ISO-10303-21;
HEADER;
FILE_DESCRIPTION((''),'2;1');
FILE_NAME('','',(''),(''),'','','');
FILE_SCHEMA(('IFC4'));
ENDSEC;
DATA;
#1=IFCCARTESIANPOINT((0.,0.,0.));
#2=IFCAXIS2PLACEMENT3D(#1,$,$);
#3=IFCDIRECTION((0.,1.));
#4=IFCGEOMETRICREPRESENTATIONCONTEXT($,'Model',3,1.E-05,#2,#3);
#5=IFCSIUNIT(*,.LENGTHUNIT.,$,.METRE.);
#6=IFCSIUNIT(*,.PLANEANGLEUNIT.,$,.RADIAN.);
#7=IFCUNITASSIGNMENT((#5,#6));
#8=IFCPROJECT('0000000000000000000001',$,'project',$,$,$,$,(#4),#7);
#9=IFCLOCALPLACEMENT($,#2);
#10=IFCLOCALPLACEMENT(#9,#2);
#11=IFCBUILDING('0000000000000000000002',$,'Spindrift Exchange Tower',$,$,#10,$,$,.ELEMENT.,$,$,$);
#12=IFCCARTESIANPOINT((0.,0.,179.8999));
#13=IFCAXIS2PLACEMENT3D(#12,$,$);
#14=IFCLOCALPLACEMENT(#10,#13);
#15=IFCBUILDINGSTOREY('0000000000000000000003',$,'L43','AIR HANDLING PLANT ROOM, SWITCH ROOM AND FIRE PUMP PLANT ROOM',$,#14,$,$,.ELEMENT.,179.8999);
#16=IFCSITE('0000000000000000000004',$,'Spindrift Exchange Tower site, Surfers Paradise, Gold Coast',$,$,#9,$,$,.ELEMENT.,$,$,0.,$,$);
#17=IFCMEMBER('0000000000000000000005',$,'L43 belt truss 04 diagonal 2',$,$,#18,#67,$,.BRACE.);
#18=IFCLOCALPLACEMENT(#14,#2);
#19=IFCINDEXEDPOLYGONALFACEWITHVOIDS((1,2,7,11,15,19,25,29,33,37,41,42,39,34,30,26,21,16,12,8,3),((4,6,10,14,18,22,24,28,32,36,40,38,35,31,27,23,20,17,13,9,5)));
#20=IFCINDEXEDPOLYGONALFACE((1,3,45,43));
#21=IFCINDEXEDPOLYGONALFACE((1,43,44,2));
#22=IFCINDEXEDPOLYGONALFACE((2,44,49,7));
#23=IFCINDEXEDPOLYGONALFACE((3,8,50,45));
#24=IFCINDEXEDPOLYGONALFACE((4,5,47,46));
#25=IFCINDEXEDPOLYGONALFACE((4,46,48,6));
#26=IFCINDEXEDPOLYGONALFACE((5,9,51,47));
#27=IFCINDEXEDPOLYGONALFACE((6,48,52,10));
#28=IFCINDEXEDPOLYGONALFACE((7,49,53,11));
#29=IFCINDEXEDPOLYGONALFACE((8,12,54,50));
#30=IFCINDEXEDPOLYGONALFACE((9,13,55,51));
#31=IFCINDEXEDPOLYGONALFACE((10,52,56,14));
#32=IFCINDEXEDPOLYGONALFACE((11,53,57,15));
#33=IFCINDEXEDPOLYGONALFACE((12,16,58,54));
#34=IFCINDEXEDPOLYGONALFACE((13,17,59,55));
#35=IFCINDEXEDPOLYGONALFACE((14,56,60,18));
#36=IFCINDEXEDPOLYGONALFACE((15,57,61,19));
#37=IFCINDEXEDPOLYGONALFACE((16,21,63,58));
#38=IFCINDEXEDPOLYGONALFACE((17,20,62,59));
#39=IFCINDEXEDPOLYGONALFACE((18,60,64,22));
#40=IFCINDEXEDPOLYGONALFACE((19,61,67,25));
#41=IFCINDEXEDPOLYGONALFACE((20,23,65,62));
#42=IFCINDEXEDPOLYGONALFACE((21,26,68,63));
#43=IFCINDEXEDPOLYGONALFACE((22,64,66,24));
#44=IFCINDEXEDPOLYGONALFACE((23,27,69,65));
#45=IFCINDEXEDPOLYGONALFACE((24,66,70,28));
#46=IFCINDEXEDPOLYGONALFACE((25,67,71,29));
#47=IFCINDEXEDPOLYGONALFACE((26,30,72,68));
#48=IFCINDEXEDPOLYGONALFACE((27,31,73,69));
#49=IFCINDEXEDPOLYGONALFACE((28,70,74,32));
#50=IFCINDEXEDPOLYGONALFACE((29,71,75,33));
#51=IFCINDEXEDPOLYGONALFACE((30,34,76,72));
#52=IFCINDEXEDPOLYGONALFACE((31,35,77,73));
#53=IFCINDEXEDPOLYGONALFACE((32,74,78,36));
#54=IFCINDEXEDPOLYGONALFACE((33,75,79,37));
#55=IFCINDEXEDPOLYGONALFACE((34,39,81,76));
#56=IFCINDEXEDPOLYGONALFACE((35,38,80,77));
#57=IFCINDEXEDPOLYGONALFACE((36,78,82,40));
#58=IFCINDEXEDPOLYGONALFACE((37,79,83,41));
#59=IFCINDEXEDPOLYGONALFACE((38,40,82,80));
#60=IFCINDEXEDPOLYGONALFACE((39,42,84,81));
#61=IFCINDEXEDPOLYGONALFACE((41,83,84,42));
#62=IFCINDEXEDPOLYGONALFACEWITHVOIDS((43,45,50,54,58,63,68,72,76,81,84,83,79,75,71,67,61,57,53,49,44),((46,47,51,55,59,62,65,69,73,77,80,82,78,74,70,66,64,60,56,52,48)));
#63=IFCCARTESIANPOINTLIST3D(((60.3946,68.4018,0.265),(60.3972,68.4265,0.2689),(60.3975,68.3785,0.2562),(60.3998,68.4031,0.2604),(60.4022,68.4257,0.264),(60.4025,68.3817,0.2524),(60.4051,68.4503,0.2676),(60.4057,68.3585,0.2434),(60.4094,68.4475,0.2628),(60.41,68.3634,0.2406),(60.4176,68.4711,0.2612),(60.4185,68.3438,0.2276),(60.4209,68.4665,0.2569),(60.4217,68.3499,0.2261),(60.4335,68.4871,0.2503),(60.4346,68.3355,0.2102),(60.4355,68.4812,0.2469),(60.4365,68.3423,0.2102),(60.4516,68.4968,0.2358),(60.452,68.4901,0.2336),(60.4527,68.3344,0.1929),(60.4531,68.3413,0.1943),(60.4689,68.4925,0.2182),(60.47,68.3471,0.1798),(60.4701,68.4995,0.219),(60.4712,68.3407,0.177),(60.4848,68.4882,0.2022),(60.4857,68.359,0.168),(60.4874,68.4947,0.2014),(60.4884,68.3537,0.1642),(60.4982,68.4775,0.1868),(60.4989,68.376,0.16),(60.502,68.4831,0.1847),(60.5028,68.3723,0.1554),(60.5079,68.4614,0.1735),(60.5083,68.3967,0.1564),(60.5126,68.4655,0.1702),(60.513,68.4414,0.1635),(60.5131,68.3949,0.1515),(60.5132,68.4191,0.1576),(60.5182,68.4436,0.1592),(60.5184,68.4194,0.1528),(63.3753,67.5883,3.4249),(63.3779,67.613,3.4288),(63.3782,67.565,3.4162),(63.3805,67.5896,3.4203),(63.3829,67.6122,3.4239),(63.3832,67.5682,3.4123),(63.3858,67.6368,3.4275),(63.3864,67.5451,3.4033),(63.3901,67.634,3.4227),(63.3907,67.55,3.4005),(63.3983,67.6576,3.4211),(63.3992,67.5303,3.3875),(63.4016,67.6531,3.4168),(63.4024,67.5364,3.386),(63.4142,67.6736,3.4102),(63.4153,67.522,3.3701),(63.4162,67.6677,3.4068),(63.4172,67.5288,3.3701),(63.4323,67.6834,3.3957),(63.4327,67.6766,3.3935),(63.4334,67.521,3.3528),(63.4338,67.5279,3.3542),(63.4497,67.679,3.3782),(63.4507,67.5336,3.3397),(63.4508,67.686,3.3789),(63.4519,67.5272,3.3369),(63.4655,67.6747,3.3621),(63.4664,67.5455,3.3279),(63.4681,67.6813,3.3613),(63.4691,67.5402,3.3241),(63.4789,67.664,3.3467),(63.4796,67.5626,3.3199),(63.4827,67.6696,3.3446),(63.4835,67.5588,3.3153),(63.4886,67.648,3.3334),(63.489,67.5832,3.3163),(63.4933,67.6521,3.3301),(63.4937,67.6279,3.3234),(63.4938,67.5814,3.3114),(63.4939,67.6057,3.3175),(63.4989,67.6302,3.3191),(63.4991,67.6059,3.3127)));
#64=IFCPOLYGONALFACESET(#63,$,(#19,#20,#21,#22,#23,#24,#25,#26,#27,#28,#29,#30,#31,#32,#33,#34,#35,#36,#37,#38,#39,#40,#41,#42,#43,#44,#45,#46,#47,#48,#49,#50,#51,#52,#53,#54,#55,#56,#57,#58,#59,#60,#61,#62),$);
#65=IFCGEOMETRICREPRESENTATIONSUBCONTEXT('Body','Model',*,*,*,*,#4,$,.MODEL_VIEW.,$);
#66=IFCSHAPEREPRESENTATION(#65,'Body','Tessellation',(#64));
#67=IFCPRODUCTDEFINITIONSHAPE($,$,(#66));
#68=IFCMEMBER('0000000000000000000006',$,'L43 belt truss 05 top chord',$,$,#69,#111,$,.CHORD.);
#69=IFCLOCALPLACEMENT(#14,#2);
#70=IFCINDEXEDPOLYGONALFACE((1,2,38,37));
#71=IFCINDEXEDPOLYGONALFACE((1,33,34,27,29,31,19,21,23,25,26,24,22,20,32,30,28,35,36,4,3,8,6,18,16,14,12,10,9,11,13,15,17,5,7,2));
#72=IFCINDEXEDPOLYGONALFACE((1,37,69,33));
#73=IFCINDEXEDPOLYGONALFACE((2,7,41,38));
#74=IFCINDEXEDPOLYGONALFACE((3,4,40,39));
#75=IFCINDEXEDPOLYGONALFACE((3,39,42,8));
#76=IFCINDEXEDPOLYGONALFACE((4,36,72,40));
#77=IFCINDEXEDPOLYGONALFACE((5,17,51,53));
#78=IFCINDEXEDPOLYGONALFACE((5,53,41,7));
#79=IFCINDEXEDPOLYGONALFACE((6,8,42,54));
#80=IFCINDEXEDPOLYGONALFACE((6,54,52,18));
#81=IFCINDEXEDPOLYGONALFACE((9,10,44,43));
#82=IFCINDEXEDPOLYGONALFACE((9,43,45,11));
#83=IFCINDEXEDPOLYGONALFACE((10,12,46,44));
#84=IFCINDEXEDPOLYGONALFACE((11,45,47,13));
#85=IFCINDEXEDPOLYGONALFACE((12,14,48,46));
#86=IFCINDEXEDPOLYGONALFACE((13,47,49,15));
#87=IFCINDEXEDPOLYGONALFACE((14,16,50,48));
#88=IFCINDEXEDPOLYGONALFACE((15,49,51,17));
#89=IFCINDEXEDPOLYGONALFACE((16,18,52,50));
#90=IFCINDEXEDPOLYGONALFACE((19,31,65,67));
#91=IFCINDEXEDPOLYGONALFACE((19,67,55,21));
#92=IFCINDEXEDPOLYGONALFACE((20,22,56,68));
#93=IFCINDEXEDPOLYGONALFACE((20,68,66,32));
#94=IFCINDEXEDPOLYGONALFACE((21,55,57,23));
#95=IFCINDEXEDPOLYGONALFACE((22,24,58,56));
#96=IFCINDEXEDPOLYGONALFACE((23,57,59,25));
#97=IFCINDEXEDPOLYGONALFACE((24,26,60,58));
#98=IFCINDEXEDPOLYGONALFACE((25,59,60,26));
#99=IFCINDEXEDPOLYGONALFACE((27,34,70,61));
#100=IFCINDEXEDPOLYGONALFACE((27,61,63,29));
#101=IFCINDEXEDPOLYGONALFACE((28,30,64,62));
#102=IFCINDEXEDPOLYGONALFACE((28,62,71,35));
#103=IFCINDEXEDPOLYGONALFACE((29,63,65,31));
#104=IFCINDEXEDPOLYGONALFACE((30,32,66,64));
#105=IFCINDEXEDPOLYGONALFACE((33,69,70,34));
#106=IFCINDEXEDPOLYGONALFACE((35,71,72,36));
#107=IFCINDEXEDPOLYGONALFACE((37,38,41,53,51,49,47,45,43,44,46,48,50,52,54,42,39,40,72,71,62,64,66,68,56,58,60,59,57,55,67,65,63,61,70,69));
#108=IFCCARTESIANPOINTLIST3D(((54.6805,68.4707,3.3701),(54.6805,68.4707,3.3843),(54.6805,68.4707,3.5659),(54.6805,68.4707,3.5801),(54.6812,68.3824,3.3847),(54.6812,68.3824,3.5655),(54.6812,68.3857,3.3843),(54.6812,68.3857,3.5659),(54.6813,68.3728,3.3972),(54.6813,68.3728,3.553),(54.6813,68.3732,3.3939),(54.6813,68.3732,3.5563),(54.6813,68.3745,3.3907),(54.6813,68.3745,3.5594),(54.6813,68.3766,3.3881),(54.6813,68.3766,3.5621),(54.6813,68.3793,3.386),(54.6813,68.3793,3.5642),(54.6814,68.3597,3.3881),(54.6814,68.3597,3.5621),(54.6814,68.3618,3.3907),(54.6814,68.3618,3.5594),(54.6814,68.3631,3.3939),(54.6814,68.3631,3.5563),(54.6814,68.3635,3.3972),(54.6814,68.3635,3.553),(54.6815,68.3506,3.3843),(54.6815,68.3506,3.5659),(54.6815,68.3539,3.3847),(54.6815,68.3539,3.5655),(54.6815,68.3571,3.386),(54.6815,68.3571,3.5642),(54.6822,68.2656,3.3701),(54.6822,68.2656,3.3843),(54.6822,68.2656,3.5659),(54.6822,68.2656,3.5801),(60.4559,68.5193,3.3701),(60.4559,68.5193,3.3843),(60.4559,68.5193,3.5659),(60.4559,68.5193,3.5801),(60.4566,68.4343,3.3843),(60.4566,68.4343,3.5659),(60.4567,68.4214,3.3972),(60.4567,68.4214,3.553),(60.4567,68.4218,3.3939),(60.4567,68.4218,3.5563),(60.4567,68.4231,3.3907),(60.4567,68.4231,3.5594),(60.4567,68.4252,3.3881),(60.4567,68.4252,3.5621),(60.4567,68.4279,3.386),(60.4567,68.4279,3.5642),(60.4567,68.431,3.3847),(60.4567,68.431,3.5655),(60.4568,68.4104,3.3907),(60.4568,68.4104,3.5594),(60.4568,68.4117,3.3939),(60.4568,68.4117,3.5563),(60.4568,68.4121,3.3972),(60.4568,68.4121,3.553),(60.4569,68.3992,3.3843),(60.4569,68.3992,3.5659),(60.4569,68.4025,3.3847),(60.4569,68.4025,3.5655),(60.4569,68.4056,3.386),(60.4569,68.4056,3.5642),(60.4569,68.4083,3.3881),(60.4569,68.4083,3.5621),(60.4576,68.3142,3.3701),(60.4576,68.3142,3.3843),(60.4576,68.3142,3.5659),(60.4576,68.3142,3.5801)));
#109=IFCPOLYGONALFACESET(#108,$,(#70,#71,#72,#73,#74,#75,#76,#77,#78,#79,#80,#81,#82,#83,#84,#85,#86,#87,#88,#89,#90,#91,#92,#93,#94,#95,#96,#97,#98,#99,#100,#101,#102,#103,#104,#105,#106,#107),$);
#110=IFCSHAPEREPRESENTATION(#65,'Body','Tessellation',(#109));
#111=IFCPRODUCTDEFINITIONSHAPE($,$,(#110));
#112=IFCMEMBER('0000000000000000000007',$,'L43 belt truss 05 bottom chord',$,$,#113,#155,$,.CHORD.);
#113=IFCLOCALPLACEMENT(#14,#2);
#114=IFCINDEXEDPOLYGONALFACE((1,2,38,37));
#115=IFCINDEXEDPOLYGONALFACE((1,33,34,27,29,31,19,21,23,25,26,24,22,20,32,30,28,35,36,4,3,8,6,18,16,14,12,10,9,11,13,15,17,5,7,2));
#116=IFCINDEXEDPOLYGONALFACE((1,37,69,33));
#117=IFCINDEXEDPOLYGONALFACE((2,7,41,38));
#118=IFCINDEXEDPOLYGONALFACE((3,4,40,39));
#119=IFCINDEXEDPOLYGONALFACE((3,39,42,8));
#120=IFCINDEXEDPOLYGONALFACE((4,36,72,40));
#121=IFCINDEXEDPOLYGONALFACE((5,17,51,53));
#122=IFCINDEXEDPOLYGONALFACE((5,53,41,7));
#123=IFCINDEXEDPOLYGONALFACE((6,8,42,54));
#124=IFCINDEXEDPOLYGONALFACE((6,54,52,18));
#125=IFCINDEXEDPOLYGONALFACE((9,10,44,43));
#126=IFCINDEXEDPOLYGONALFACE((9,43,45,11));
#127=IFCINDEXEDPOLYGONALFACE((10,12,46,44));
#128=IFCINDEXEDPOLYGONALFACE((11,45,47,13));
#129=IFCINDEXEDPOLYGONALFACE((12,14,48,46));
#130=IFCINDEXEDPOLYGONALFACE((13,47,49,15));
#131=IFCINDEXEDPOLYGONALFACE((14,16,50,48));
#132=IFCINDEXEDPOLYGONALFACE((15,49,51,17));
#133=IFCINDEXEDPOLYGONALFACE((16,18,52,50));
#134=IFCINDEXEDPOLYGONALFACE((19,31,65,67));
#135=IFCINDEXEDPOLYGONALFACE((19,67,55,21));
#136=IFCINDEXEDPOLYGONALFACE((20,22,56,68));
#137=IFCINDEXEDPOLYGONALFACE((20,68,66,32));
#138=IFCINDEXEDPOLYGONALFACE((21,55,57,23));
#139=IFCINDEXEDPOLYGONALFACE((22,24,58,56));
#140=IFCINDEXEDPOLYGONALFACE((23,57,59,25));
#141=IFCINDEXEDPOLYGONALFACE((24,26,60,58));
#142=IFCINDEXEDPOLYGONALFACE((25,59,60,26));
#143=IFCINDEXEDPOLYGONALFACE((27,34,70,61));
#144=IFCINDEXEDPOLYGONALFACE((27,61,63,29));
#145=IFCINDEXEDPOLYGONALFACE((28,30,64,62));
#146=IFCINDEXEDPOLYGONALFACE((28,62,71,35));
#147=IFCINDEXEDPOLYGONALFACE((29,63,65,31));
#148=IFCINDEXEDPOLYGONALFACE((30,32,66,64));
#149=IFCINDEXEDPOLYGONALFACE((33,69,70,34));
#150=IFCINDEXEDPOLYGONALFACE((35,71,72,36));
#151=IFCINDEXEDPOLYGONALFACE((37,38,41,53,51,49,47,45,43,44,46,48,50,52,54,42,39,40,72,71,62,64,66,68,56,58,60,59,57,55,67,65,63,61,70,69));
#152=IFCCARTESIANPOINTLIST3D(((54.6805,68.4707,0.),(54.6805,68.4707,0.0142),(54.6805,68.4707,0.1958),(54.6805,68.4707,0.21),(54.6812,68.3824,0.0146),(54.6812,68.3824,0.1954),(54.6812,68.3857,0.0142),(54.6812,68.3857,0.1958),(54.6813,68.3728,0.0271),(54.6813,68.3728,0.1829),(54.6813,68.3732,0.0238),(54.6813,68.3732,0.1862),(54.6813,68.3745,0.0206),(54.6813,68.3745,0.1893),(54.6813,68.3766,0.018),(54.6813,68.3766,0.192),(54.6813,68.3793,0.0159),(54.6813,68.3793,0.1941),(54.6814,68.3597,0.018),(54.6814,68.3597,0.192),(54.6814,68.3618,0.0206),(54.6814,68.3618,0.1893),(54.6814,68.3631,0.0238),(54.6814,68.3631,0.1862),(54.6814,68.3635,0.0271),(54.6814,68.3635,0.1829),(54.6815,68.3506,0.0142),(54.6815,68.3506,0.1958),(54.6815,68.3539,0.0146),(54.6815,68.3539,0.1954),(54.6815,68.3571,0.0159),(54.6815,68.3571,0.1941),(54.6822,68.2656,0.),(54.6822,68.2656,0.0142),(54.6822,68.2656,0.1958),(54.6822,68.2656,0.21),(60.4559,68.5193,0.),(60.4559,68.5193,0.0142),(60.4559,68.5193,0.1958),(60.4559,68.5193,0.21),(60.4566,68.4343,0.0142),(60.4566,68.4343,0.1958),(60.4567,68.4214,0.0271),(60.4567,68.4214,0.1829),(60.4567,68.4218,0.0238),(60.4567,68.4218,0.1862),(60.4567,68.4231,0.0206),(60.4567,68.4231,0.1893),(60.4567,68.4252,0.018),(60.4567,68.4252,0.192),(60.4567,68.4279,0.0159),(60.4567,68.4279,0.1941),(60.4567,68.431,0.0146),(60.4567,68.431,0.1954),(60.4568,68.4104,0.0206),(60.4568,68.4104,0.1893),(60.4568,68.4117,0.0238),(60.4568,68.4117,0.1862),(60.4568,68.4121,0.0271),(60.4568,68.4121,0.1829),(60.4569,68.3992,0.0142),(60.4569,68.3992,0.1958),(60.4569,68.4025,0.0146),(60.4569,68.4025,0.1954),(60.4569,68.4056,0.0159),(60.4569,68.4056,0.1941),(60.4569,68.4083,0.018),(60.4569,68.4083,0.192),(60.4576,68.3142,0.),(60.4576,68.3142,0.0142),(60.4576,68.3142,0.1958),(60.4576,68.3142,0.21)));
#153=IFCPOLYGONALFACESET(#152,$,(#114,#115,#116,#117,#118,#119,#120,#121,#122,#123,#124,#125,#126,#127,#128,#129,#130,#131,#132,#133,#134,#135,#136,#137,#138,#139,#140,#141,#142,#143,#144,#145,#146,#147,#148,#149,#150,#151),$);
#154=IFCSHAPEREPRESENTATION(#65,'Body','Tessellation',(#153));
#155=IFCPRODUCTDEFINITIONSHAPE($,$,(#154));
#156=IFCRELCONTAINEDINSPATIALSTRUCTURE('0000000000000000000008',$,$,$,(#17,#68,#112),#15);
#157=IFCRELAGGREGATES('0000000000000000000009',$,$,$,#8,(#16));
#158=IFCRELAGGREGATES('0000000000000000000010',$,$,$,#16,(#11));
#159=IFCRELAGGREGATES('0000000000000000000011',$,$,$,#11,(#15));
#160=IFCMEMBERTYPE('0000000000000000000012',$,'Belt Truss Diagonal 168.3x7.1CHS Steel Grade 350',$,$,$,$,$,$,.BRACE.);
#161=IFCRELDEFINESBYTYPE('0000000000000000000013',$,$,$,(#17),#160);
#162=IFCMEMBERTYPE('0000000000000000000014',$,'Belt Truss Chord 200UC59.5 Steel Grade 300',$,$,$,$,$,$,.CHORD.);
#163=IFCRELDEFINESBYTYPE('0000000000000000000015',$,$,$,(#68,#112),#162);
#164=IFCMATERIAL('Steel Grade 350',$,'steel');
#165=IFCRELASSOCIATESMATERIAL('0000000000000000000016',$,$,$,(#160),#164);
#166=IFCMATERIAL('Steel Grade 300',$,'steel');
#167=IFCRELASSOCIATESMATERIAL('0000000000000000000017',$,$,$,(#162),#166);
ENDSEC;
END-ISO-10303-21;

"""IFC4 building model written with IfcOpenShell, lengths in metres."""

from ifc_helpers import new_model, si_unit, direction, frame, origin, origin_2d, place, context, subcontext, project, spatial, hollow_circle, i_section, extrude, source, transform, mapped, material, material_profile, profile_set, type_object, element, save


model = new_model("IFC4")

# Units and contexts
model_context = context("Model", 3, precision=1e-05, world=origin(), true_north=direction((0.0, 1.0)))
body_context = subcontext(model_context, "Body", "Model", "MODEL_VIEW")
ifc_project = project(units=[si_unit("LENGTHUNIT", "METRE"), si_unit("PLANEANGLEUNIT", "RADIAN")], contexts=[model_context])

# Site, building, storey
site_placement = place(None, origin())
site = spatial("IfcSite", under=ifc_project, at=site_placement, Name="Spindrift Exchange Tower site, Surfers Paradise, Gold Coast", CompositionType="ELEMENT", RefElevation=0.0)
building_placement = place(site_placement, origin())
building = spatial("IfcBuilding", under=site, at=building_placement, Name="Spindrift Exchange Tower", CompositionType="ELEMENT")
storey_placement = place(building_placement, frame((0.0, 0.0, 179.8999)))
storey = spatial("IfcBuildingStorey", under=building, at=storey_placement, Name="L43", Description="AIR HANDLING PLANT ROOM, SWITCH ROOM AND FIRE PUMP PLANT ROOM", CompositionType="ELEMENT", Elevation=179.8999)

# Shared definitions
ifc_material_1 = material(Name="Steel Grade 300", Category="steel")

# Members
ifc_material_2 = material(Name="Steel Grade 350", Category="steel")
ifc_material_profile_1 = material_profile(ifc_material_2, hollow_circle(Radius=0.0842, WallThickness=0.0071, at=origin_2d()), Name="168.3x7.1CHS")
ifc_profile_set_1 = profile_set([ifc_material_profile_1], Name="Steel Grade 350")
member_type_1 = type_object("IfcMemberType", Name="Belt Truss Diagonal 168.3x7.1CHS Steel Grade 350", PredefinedType="BRACE", material=ifc_profile_set_1)
shared_shape_1 = source(origin(), body_context, "Body", "SweptSolid", [
    extrude(hollow_circle(Radius=0.0842, WallThickness=0.0071, at=origin_2d()), origin(), (0.0, 0.0, 1.0), 4.4194),
])
member_1_placement = place(storey_placement, frame((63.4375, 67.6033, 3.3701), z_axis=(-0.674455, 0.184068, -0.715003), x_axis=(-0.263285, -0.964718, 0.0)))
element("IfcMember", 1, at=member_1_placement, inside=storey, type_object=member_type_1, Name="L43 belt truss 04 diagonal 2", PredefinedType="BRACE", context=body_context, shape_type="MappedRepresentation", body=[
    mapped(shared_shape_1, transform((0.0, 0.0, 0.0), scale=1.0)),
])
ifc_material_profile_2 = material_profile(ifc_material_1, i_section(OverallWidth=0.2051, OverallDepth=0.21, WebThickness=0.0093, FlangeThickness=0.0142, FilletRadius=0.0129, at=origin_2d()), Name="200UC59.5")
ifc_profile_set_2 = profile_set([ifc_material_profile_2], Name="Steel Grade 300")
member_type_2 = type_object("IfcMemberType", Name="Belt Truss Chord 200UC59.5 Steel Grade 300", PredefinedType="CHORD", material=ifc_profile_set_2)
shared_shape_2 = source(origin(), body_context, "Body", "SweptSolid", [
    extrude(i_section(OverallWidth=0.2051, OverallDepth=0.21, WebThickness=0.0093, FlangeThickness=0.0142, FilletRadius=0.0129, at=origin_2d()), origin(), (0.0, 0.0, 1.0), 5.7756),
])
for number, where, z_axis, x_axis, name in (
    (2, (60.4568, 68.4167, 3.4751), (-0.999965, -0.008412, 0.0), (0.008412, -0.999965, 0.0), "L43 belt truss 05 top chord"),
    (3, (60.4568, 68.4167, 0.105), (-0.999965, -0.008412, 0.0), (0.008412, -0.999965, 0.0), "L43 belt truss 05 bottom chord"),
):
    element("IfcMember", number, at=place(storey_placement, frame(where, z_axis=z_axis, x_axis=x_axis)), inside=storey, type_object=member_type_2, Name=name, PredefinedType="CHORD", context=body_context, shape_type="MappedRepresentation", body=[
        mapped(shared_shape_2, transform((0.0, 0.0, 0.0), scale=1.0)),
    ])

save(model, "model.ifc")
